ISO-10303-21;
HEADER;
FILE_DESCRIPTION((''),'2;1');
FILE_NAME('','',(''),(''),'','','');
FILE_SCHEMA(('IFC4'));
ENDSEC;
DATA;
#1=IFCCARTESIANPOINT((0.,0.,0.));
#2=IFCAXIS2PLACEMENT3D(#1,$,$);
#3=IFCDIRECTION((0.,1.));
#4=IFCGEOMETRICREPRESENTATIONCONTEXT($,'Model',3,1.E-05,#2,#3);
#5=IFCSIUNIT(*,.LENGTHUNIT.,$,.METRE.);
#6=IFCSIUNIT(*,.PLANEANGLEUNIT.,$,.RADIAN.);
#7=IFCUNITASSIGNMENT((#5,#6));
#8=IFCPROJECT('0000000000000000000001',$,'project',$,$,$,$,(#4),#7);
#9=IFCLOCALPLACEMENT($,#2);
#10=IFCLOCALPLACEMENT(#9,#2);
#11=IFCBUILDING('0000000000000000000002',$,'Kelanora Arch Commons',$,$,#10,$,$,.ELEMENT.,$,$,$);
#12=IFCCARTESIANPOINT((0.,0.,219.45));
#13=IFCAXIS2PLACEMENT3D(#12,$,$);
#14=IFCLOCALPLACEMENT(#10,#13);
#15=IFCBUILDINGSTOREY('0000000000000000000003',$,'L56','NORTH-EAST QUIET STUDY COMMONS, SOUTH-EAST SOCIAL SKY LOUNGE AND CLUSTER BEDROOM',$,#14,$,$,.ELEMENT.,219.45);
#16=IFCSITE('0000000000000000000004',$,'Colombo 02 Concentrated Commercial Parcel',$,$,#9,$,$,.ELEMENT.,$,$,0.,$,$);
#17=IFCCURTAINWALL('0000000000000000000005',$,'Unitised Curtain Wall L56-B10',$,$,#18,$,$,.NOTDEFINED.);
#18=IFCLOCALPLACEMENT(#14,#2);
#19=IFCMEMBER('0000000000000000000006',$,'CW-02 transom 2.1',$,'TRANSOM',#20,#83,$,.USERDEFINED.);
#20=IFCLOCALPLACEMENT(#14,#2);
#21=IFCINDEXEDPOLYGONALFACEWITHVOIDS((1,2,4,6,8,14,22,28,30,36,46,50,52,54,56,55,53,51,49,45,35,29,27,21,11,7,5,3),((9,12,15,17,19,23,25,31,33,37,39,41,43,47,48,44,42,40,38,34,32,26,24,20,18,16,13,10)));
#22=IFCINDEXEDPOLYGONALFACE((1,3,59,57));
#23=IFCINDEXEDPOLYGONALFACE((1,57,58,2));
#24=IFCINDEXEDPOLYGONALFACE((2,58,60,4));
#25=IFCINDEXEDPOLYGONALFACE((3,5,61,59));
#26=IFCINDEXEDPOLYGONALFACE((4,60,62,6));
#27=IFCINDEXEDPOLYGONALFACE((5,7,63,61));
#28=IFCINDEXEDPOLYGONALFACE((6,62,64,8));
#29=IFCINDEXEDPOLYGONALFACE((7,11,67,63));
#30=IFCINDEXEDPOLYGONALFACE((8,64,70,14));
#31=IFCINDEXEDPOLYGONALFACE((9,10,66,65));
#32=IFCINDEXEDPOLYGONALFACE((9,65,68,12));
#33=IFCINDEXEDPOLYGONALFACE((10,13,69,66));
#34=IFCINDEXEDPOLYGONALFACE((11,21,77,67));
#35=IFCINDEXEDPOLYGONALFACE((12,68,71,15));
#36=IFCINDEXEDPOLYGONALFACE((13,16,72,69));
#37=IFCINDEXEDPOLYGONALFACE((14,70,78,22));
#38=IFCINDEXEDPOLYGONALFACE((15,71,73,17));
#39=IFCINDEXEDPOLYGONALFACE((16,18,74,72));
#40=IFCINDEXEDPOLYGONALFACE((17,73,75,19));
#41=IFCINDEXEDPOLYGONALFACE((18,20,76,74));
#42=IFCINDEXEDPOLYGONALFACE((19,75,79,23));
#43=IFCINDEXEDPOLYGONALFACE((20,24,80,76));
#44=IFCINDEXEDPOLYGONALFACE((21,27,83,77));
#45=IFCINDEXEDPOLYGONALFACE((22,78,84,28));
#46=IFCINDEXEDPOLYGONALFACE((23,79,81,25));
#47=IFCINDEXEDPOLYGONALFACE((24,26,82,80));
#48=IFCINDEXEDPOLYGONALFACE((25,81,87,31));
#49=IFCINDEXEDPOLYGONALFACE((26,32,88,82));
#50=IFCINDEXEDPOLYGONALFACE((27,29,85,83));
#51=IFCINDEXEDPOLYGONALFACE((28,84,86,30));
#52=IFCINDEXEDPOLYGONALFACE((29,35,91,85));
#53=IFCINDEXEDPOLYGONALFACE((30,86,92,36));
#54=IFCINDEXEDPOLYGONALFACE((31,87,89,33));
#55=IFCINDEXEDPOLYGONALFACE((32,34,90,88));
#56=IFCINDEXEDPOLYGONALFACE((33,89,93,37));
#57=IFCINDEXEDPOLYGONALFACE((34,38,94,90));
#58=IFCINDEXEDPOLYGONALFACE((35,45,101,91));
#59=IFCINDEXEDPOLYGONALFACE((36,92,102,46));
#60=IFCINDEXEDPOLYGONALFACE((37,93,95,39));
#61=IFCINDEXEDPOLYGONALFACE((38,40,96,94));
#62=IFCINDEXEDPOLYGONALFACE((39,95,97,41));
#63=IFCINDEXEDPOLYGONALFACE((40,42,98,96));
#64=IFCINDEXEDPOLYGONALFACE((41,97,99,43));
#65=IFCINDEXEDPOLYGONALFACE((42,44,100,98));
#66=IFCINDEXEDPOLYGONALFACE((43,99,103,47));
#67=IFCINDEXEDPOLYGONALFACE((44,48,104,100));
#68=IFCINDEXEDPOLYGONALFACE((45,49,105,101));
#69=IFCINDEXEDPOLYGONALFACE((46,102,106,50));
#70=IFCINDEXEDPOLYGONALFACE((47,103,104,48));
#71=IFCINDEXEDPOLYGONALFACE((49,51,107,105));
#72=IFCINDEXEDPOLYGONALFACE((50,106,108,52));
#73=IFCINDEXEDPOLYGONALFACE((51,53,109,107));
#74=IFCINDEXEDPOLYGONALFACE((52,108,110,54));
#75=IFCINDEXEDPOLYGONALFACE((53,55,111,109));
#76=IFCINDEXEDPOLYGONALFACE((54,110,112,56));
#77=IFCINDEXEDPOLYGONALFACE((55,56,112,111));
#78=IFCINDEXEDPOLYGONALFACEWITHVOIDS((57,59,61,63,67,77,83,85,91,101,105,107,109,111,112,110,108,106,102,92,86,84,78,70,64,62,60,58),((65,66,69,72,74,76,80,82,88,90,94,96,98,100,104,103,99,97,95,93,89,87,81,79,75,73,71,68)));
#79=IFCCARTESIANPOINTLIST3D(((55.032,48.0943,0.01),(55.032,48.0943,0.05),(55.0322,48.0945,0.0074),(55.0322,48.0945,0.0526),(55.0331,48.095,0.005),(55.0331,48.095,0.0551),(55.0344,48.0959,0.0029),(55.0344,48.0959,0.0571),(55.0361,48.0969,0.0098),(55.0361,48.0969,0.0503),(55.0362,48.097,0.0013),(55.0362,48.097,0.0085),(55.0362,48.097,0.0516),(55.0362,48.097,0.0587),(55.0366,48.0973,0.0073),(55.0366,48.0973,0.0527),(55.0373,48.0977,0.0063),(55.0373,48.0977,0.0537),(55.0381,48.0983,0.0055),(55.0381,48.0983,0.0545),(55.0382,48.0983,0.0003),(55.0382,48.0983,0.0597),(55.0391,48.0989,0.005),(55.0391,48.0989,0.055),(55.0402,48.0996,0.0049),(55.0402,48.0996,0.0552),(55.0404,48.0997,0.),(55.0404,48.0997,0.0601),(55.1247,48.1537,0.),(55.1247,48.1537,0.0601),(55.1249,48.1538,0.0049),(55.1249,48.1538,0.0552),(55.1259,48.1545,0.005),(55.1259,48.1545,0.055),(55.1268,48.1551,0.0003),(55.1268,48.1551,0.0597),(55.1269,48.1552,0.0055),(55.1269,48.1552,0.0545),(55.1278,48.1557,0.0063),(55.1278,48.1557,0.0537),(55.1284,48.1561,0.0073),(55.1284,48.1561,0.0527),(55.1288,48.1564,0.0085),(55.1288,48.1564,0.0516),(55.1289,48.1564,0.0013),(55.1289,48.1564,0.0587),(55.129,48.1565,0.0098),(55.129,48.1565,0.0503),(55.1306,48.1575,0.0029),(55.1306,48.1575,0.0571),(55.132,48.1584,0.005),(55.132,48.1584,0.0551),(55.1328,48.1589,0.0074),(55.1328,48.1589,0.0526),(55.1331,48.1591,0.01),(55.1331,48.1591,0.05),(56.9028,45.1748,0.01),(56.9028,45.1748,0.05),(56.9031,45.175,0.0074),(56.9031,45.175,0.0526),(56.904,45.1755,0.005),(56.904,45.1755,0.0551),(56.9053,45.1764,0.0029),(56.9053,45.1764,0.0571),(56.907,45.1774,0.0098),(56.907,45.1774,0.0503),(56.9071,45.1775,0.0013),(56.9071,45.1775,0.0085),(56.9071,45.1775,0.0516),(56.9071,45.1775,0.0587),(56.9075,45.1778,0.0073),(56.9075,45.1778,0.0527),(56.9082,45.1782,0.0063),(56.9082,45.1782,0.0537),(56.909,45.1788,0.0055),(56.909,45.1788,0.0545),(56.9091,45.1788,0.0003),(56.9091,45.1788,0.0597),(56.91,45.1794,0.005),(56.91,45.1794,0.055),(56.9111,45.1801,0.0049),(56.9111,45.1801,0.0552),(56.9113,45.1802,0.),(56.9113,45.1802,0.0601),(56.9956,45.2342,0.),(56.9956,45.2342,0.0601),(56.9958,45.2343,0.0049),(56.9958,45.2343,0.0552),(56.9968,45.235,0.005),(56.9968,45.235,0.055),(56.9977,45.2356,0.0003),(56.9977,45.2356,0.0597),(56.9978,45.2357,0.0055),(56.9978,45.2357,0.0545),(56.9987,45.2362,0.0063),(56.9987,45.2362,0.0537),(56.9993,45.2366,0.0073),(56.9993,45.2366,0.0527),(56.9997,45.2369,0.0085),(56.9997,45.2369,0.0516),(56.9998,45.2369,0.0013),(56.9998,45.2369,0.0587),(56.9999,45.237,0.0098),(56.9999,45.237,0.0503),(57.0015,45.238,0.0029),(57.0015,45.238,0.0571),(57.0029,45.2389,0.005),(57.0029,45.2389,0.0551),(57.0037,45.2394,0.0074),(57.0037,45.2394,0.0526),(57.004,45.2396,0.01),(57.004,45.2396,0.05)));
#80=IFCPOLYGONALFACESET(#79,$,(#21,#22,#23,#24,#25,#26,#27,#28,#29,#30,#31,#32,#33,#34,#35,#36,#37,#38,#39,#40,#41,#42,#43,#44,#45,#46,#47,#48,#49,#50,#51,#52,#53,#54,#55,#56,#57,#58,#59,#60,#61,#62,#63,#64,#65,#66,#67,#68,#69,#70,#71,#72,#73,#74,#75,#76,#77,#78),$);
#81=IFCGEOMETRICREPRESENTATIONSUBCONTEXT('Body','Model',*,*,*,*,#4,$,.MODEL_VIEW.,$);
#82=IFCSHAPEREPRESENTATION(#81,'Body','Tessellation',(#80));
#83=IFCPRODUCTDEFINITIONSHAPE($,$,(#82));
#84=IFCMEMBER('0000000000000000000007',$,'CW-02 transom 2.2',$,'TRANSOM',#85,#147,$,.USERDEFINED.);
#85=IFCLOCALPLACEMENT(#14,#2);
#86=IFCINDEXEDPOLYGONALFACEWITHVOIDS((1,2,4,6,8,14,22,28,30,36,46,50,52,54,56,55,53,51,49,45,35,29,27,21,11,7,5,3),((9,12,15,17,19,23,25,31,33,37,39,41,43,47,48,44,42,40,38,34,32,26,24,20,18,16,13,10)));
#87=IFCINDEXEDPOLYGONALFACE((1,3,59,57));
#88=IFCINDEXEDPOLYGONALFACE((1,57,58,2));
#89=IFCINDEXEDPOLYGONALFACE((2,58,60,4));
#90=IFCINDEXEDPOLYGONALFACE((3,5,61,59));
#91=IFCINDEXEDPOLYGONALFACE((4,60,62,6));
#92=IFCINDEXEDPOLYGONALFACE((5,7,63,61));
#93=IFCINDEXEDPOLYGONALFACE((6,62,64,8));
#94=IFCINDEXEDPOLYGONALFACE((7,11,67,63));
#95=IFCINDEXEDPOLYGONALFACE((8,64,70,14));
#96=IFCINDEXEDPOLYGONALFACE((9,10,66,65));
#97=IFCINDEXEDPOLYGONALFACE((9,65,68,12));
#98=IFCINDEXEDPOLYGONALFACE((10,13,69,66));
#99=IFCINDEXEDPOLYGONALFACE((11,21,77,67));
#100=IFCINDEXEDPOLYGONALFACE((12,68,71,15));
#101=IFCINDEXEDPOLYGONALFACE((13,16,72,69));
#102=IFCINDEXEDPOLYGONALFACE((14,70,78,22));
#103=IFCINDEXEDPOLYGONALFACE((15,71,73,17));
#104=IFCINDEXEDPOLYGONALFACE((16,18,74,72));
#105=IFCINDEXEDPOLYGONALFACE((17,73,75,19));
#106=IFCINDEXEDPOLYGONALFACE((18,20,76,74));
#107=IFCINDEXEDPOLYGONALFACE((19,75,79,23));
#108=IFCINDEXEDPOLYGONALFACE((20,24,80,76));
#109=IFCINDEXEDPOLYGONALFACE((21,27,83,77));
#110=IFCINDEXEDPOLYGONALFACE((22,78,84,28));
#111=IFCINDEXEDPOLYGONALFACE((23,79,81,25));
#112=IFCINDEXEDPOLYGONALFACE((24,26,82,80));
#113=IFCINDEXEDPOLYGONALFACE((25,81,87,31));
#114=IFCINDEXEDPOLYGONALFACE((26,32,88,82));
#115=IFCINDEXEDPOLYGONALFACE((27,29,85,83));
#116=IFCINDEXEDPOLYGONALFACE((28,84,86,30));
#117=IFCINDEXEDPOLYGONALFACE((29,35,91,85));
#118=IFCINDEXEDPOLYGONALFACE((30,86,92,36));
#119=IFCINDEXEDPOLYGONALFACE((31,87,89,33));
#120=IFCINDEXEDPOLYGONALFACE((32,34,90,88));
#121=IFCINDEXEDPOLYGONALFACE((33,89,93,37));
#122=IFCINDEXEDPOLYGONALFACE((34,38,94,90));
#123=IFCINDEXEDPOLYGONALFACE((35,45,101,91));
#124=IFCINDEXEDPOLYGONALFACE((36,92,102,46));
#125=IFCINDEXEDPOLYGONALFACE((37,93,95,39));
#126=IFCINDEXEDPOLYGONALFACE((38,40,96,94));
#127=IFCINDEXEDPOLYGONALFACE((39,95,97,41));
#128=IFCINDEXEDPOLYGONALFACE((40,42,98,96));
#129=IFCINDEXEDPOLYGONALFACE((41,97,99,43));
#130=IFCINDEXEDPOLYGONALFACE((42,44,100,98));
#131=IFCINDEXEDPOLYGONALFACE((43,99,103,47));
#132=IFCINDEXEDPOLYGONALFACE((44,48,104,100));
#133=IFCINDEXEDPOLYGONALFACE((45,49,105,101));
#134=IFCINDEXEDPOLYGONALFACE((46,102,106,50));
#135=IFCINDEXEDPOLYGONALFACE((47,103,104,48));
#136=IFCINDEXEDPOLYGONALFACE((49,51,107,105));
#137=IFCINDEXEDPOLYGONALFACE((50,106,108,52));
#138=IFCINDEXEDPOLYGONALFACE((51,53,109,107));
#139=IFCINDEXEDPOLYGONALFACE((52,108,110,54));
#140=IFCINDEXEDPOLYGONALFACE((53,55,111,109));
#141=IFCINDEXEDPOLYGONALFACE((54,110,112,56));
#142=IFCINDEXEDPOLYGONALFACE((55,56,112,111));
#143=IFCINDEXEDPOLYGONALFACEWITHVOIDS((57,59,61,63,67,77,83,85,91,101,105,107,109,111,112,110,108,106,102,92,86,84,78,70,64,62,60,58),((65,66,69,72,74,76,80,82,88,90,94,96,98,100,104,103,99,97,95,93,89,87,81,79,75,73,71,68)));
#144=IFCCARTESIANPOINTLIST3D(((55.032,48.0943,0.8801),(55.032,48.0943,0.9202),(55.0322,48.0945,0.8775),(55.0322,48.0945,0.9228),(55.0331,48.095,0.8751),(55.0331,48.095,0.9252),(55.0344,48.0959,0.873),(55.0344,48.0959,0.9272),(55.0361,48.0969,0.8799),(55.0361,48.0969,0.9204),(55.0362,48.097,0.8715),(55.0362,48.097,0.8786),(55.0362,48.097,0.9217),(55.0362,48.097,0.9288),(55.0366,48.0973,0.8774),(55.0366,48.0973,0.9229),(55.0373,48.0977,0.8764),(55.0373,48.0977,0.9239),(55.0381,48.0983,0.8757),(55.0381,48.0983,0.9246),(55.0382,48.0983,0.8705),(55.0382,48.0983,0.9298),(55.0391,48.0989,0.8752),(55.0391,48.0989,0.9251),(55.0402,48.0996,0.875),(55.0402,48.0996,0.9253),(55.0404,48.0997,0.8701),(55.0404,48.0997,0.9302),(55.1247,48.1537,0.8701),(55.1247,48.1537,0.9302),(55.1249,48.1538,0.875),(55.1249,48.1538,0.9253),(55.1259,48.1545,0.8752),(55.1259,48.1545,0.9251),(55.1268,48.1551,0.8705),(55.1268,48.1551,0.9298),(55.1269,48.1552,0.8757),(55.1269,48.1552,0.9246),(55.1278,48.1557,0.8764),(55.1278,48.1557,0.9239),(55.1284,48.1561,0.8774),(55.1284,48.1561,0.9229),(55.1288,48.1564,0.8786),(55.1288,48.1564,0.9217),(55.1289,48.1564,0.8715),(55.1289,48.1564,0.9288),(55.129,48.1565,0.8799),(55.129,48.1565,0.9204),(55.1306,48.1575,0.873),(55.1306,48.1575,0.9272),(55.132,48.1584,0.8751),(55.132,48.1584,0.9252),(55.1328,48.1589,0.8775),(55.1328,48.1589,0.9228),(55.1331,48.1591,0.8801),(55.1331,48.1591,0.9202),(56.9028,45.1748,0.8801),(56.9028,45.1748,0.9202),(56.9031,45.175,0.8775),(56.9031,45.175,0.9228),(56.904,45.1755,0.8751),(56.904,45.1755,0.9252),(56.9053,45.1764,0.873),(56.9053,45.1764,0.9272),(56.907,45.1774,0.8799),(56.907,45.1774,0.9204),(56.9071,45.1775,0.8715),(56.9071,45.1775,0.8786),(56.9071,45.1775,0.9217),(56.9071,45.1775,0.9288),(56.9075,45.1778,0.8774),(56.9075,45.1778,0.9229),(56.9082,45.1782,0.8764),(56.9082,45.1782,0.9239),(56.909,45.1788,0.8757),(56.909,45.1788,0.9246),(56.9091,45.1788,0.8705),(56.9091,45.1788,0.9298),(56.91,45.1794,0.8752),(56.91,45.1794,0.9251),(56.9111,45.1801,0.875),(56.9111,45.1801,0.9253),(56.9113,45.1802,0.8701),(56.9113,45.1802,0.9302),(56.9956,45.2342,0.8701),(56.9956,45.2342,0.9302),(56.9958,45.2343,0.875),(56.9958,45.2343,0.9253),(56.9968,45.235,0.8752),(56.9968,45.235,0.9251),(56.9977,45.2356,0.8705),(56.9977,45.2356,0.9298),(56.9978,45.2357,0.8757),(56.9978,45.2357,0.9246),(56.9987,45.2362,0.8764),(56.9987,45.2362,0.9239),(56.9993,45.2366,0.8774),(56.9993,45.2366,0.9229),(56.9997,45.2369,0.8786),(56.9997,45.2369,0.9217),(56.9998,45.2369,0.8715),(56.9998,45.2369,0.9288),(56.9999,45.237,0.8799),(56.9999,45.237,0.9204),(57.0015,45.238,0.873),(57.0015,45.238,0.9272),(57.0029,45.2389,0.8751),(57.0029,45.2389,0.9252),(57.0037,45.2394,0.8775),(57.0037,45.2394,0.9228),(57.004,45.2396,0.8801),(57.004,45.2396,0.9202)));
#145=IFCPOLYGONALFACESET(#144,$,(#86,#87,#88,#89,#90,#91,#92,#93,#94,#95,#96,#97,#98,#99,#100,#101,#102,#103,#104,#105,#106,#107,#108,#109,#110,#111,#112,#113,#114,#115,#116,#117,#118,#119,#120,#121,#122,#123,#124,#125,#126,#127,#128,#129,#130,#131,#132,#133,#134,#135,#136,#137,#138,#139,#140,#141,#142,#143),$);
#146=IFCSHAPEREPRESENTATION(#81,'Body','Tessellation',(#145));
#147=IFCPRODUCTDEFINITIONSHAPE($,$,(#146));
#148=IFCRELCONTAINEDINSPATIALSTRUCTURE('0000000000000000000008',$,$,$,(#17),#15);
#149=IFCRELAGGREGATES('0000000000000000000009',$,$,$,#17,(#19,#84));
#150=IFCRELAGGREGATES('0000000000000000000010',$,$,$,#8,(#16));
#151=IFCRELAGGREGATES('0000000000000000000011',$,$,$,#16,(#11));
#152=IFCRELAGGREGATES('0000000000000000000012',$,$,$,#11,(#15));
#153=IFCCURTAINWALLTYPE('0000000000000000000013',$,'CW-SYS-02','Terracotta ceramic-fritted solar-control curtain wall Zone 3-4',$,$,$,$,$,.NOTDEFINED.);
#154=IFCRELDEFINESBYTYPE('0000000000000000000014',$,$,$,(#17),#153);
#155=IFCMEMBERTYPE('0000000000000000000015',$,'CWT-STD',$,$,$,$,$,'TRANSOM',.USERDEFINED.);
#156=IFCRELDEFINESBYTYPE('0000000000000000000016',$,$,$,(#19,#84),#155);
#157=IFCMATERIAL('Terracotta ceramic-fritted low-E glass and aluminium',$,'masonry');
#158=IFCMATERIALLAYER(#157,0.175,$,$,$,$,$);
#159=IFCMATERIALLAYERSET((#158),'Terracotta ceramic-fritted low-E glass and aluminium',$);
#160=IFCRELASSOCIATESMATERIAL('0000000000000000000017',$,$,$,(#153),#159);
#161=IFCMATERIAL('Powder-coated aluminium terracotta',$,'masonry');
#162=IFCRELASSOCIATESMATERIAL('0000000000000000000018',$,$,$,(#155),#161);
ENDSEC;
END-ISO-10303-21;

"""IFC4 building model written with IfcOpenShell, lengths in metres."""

from ifc_helpers import new_model, si_unit, direction, frame, origin, origin_2d, place, context, subcontext, project, spatial, hollow_rectangle, extrude, material, layer, layer_set, material_profile, profile_set, type_object, element, aggregate, save


model = new_model("IFC4")

# Units and contexts
model_context = context("Model", 3, precision=1e-05, world=origin(), true_north=direction((0.0, 1.0)))
body_context = subcontext(model_context, "Body", "Model", "MODEL_VIEW")
ifc_project = project(units=[si_unit("LENGTHUNIT", "METRE"), si_unit("PLANEANGLEUNIT", "RADIAN")], contexts=[model_context])

# Site, building, storey
site_placement = place(None, origin())
site = spatial("IfcSite", under=ifc_project, at=site_placement, Name="Colombo 02 Concentrated Commercial Parcel", CompositionType="ELEMENT", RefElevation=0.0)
building_placement = place(site_placement, origin())
building = spatial("IfcBuilding", under=site, at=building_placement, Name="Kelanora Arch Commons", CompositionType="ELEMENT")
storey_placement = place(building_placement, frame((0.0, 0.0, 219.45)))
storey = spatial("IfcBuildingStorey", under=building, at=storey_placement, Name="L56", Description="NORTH-EAST QUIET STUDY COMMONS, SOUTH-EAST SOCIAL SKY LOUNGE AND CLUSTER BEDROOM", CompositionType="ELEMENT", Elevation=219.45)

# Curtain wall, members
ifc_material_1 = material(Name="Terracotta ceramic-fritted low-E glass and aluminium", Category="masonry")
ifc_layer_1 = layer(ifc_material_1, 0.175)
ifc_layer_set_1 = layer_set([ifc_layer_1], Name="Terracotta ceramic-fritted low-E glass and aluminium")
curtain_wall_type = type_object("IfcCurtainWallType", Name="CW-SYS-02", Description="Terracotta ceramic-fritted solar-control curtain wall Zone 3-4", PredefinedType="NOTDEFINED", material=ifc_layer_set_1)
curtain_wall_placement = place(storey_placement, origin())
curtain_wall = element("IfcCurtainWall", 1, at=curtain_wall_placement, inside=storey, type_object=curtain_wall_type, Name="Unitised Curtain Wall L56-B10", PredefinedType="NOTDEFINED")
ifc_material_2 = material(Name="Powder-coated aluminium terracotta", Category="masonry")
ifc_material_profile_1 = material_profile(ifc_material_2, hollow_rectangle(XDim=0.1201, YDim=0.0601, WallThickness=0.0049, InnerFilletRadius=0.0049, OuterFilletRadius=0.01, at=origin_2d()), Name="CWT120x60")
ifc_profile_set_1 = profile_set([ifc_material_profile_1], Name="Powder-coated aluminium terracotta")
member_type_1 = type_object("IfcMemberType", Name="CWT-STD", ElementType="TRANSOM", PredefinedType="USERDEFINED", material=ifc_profile_set_1)
member_1_placement = place(storey_placement, frame((55.0825, 48.1267, 0.03), z_axis=(0.539547, -0.841955, 0.0), x_axis=(0.841955, 0.539547, 0.0)))
member_1 = element("IfcMember", 2, at=member_1_placement, type_object=member_type_1, Name="CW-02 transom 2.1", ObjectType="TRANSOM", PredefinedType="USERDEFINED", context=body_context, shape_type="SweptSolid", body=[
    extrude(hollow_rectangle(XDim=0.1201, YDim=0.0601, WallThickness=0.0049, InnerFilletRadius=0.0049, OuterFilletRadius=0.01, at=origin_2d()), origin(), (0.0, 0.0, 1.0), 3.4675),
])
member_2_placement = place(storey_placement, frame((55.0825, 48.1267, 0.9001), z_axis=(0.539547, -0.841955, 0.0), x_axis=(0.841955, 0.539547, 0.0)))
member_2 = element("IfcMember", 3, at=member_2_placement, type_object=member_type_1, Name="CW-02 transom 2.2", ObjectType="TRANSOM", PredefinedType="USERDEFINED", context=body_context, shape_type="SweptSolid", body=[
    extrude(hollow_rectangle(XDim=0.1201, YDim=0.0601, WallThickness=0.0049, InnerFilletRadius=0.0049, OuterFilletRadius=0.01, at=origin_2d()), origin(), (0.0, 0.0, 1.0), 3.4675),
])

aggregate(curtain_wall, [member_1, member_2])

save(model, "model.ifc")
